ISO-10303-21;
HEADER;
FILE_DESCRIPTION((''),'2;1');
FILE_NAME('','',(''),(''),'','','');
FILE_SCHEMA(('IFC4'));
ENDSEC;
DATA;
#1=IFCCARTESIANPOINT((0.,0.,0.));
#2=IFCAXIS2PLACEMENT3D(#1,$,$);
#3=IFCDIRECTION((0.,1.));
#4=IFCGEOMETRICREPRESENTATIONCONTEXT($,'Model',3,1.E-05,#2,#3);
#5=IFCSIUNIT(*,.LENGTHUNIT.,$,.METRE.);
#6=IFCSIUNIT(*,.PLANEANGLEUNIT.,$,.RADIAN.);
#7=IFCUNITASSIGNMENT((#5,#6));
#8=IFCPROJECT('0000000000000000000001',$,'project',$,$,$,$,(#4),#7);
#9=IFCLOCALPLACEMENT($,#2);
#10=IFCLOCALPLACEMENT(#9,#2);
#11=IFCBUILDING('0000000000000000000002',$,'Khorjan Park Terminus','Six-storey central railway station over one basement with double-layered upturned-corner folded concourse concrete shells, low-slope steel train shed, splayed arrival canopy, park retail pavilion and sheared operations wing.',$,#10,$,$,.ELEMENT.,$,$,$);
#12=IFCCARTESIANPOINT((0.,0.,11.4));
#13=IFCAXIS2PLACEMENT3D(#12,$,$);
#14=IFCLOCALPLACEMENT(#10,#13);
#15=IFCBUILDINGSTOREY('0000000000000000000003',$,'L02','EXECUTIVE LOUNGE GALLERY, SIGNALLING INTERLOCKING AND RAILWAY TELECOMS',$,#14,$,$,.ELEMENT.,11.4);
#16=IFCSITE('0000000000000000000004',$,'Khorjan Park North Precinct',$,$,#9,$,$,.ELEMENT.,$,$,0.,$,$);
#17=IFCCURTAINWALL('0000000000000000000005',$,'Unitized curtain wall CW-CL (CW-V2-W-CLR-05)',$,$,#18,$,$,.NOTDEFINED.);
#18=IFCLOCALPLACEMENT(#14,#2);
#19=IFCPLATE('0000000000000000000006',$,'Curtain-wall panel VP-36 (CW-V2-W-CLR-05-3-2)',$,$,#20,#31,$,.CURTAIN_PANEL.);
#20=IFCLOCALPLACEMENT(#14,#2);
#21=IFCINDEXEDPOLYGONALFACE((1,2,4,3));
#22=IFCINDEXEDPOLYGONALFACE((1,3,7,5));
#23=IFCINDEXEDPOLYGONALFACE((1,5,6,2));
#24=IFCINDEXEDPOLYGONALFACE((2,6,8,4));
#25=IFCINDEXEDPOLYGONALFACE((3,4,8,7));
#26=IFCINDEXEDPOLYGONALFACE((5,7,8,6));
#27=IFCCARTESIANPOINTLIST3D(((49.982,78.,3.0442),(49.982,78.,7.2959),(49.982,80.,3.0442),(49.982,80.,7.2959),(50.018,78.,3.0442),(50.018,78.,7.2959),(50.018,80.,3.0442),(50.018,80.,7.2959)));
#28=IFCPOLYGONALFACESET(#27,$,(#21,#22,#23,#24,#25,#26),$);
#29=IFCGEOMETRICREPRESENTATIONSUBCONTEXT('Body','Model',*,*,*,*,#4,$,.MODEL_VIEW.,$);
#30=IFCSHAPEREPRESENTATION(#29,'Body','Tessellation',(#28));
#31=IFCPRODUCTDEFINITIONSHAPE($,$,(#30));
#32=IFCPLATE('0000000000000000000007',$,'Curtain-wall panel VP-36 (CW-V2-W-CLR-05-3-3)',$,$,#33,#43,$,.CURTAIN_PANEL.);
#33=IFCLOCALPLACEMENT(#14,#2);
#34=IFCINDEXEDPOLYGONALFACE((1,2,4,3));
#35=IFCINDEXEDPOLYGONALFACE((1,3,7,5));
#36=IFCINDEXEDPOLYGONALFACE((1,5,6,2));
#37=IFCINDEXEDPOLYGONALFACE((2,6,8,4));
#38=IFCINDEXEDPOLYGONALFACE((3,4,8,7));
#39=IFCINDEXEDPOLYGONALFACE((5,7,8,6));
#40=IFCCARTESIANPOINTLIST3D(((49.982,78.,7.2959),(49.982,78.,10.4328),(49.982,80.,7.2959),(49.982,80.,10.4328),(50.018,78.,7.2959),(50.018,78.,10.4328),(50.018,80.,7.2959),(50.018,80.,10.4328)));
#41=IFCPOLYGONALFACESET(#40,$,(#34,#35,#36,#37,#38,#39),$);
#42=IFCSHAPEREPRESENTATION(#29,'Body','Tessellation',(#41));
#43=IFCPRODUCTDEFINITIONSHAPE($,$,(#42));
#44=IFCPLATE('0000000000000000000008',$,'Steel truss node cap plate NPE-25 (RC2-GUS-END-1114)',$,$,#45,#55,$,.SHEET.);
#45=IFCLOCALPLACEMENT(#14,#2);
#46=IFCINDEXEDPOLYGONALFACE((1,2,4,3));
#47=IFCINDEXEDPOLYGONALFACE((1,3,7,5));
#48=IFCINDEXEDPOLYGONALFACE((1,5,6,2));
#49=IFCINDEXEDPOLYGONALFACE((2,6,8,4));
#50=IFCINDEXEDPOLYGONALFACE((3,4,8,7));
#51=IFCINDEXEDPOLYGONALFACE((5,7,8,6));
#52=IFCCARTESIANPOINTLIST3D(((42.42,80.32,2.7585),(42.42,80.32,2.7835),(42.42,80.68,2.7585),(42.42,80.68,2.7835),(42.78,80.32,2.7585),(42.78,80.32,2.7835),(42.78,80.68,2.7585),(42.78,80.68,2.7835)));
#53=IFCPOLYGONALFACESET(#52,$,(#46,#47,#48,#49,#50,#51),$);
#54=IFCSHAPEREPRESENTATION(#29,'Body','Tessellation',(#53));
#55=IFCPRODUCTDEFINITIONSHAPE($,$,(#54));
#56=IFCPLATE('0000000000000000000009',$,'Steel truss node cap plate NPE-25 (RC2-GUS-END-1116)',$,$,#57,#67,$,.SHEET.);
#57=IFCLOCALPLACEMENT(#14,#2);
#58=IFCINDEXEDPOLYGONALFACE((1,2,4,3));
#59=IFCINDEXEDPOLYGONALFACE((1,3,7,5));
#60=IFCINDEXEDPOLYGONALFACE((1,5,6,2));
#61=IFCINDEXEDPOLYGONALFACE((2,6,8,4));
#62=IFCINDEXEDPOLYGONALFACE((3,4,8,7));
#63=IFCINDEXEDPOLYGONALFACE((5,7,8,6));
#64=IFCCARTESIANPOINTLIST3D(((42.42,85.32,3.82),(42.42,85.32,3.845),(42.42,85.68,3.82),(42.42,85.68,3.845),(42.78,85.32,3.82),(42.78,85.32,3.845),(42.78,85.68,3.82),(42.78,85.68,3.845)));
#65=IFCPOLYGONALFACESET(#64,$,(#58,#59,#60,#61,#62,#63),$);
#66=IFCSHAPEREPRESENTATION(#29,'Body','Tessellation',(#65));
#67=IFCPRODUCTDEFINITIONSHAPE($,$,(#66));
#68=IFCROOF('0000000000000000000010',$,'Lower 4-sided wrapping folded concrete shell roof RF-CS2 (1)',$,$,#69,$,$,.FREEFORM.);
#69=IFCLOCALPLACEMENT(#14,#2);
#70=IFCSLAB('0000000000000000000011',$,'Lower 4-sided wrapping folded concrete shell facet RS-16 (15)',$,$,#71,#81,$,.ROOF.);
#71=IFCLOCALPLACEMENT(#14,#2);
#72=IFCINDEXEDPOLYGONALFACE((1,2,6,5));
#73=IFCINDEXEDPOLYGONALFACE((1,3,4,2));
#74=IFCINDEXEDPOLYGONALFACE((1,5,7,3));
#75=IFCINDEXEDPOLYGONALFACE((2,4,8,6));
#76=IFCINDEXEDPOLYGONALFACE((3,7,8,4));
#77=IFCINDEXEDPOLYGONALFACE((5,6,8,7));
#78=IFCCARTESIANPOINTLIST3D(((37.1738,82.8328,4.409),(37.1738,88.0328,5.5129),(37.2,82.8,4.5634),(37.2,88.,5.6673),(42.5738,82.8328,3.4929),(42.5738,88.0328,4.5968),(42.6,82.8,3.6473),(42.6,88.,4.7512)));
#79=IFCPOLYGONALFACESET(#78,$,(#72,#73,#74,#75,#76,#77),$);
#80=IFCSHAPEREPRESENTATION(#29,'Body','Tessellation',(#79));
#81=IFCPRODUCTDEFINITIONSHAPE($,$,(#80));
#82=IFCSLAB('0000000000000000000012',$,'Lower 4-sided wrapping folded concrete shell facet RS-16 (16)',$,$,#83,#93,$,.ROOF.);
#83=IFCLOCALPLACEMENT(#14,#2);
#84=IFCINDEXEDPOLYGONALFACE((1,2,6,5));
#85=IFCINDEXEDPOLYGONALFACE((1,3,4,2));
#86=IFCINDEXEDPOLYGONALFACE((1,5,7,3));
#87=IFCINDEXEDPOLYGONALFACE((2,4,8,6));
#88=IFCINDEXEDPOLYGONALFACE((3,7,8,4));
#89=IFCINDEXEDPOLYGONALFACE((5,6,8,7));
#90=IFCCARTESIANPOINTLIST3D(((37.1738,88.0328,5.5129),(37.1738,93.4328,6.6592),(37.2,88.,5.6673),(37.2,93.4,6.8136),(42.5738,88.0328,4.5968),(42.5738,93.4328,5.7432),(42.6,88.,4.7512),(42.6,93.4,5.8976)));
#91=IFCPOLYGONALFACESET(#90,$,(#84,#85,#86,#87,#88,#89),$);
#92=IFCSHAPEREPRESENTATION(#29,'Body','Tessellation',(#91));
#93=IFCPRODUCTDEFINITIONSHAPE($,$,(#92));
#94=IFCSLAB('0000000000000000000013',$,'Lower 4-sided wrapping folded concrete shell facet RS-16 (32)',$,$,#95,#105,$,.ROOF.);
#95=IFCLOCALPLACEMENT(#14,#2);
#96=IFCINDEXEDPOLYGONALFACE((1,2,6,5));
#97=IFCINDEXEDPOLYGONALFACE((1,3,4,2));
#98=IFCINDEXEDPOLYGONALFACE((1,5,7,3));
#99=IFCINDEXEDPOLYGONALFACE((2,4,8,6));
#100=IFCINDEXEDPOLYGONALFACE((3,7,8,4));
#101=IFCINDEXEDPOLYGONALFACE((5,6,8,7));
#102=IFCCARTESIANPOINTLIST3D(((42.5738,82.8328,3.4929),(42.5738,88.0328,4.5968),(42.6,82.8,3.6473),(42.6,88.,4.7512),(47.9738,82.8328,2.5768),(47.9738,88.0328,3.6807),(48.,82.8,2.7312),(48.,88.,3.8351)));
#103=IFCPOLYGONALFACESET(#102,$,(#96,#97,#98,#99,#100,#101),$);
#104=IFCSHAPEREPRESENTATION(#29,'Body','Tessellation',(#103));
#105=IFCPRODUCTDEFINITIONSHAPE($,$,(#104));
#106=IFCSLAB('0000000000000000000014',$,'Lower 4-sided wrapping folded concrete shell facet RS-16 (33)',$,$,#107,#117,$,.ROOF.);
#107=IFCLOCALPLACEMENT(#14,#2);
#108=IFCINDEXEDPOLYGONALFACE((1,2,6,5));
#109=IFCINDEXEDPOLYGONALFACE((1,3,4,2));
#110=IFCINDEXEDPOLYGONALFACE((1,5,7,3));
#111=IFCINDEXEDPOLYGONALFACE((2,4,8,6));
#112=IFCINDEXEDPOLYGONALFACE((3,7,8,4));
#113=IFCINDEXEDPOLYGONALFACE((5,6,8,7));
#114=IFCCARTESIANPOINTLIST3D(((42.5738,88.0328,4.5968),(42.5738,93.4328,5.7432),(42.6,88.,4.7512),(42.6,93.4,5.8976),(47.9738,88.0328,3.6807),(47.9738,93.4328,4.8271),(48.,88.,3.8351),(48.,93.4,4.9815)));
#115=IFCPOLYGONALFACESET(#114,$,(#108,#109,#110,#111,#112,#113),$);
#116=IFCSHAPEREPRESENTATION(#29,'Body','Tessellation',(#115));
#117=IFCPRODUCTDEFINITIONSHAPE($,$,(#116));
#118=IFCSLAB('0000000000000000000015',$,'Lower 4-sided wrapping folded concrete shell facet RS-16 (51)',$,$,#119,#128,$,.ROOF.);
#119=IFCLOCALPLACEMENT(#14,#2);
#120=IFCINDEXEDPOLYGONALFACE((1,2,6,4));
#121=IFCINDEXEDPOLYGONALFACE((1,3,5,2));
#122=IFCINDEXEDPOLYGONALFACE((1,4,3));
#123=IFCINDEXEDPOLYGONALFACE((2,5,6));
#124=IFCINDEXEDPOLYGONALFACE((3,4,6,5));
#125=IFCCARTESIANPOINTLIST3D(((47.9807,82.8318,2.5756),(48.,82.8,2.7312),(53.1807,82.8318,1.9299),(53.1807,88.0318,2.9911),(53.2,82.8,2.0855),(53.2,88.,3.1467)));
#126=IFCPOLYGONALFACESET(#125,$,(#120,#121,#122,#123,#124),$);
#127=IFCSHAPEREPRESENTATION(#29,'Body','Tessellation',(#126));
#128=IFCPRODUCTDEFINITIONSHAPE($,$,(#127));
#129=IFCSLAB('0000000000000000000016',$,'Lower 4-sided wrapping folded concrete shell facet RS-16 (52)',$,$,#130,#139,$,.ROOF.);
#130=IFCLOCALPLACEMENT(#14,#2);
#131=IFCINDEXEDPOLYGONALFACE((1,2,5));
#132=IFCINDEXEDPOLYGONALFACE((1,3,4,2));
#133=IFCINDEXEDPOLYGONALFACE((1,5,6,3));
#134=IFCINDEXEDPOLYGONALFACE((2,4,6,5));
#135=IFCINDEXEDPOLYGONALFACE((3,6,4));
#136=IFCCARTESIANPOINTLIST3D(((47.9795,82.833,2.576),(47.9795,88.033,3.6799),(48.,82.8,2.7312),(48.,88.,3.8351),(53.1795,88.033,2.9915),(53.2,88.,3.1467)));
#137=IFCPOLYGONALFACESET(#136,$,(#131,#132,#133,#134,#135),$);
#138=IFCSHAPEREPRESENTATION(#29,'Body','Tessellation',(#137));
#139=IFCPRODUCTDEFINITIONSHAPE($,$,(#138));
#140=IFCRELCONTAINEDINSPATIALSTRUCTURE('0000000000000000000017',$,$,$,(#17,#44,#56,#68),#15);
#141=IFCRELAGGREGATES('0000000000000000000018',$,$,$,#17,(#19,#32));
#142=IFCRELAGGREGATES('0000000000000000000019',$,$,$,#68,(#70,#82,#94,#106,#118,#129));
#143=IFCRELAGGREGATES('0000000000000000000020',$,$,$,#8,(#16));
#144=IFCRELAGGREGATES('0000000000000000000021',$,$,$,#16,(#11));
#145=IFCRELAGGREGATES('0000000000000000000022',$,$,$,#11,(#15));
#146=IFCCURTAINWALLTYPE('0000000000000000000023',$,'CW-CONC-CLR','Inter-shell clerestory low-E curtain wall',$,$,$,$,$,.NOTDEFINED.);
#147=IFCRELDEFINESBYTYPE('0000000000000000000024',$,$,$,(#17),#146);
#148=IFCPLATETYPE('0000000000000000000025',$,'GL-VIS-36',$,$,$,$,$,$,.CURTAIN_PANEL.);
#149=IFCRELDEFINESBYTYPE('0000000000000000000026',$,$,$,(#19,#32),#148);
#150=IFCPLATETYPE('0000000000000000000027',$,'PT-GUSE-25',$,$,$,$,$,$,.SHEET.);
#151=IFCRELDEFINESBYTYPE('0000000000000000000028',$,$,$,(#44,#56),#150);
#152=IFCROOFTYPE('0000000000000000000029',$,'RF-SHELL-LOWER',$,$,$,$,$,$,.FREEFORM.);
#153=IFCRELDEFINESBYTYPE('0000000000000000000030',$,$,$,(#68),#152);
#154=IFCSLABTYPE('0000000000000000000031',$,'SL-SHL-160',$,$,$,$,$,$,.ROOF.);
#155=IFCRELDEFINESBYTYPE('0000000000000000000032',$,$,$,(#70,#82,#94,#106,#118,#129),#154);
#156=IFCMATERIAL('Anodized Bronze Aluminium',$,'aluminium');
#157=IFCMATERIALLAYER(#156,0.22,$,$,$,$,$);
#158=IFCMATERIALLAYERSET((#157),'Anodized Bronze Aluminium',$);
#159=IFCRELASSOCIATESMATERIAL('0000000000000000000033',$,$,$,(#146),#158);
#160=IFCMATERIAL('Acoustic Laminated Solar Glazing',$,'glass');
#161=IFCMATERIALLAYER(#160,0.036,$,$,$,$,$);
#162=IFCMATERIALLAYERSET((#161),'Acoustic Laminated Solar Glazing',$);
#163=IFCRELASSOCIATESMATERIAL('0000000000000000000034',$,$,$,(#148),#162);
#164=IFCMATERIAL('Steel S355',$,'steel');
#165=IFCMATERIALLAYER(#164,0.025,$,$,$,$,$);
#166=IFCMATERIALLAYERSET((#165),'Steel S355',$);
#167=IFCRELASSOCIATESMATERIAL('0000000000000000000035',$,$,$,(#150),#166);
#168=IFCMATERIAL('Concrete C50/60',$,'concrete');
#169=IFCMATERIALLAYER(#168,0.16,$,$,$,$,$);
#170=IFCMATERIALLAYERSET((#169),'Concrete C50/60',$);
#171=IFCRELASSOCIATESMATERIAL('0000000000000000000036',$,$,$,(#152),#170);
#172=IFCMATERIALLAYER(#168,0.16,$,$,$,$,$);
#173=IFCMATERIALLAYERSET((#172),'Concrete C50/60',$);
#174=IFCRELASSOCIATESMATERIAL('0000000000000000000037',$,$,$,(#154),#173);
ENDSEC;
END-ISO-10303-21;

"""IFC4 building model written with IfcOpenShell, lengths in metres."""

from ifc_helpers import new_model, si_unit, direction, frame, origin, origin_2d, place, context, subcontext, project, spatial, polyline, rectangle, outline, extrude, material, layer, layer_set, type_object, element, aggregate, save


model = new_model("IFC4")

# Units and contexts
model_context = context("Model", 3, precision=1e-05, world=origin(), true_north=direction((0.0, 1.0)))
body_context = subcontext(model_context, "Body", "Model", "MODEL_VIEW")
ifc_project = project(units=[si_unit("LENGTHUNIT", "METRE"), si_unit("PLANEANGLEUNIT", "RADIAN")], contexts=[model_context])

# Site, building, storey
site_placement = place(None, origin())
site = spatial("IfcSite", under=ifc_project, at=site_placement, Name="Khorjan Park North Precinct", CompositionType="ELEMENT", RefElevation=0.0)
building_placement = place(site_placement, origin())
building = spatial("IfcBuilding", under=site, at=building_placement, Name="Khorjan Park Terminus", Description="Six-storey central railway station over one basement with double-layered upturned-corner folded concourse concrete shells, low-slope steel train shed, splayed arrival canopy, park retail pavilion and sheared operations wing.", CompositionType="ELEMENT")
storey_placement = place(building_placement, frame((0.0, 0.0, 11.4)))
storey = spatial("IfcBuildingStorey", under=building, at=storey_placement, Name="L02", Description="EXECUTIVE LOUNGE GALLERY, SIGNALLING INTERLOCKING AND RAILWAY TELECOMS", CompositionType="ELEMENT", Elevation=11.4)

# Shared definitions
ifc_material_1 = material(Name="Steel S355", Category="steel")

# Curtain wall, plates
ifc_material_2 = material(Name="Anodized Bronze Aluminium", Category="aluminium")
ifc_layer_1 = layer(ifc_material_2, 0.22)
ifc_layer_set_1 = layer_set([ifc_layer_1], Name="Anodized Bronze Aluminium")
curtain_wall_type = type_object("IfcCurtainWallType", Name="CW-CONC-CLR", Description="Inter-shell clerestory low-E curtain wall", PredefinedType="NOTDEFINED", material=ifc_layer_set_1)
curtain_wall_placement = place(storey_placement, origin())
curtain_wall = element("IfcCurtainWall", 1, at=curtain_wall_placement, inside=storey, type_object=curtain_wall_type, Name="Unitized curtain wall CW-CL (CW-V2-W-CLR-05)", PredefinedType="NOTDEFINED")
ifc_material_3 = material(Name="Acoustic Laminated Solar Glazing", Category="glass")
ifc_layer_2 = layer(ifc_material_3, 0.036)
ifc_layer_set_2 = layer_set([ifc_layer_2], Name="Acoustic Laminated Solar Glazing")
plate_type_1 = type_object("IfcPlateType", Name="GL-VIS-36", PredefinedType="CURTAIN_PANEL", material=ifc_layer_set_2)
plate_1_placement = place(storey_placement, frame((50.0, 79.0, 3.0442), z_axis=(0.0, 0.0, 1.0), x_axis=(0.0, -1.0, 0.0)))
plate_1 = element("IfcPlate", 2, at=plate_1_placement, type_object=plate_type_1, Name="Curtain-wall panel VP-36 (CW-V2-W-CLR-05-3-2)", PredefinedType="CURTAIN_PANEL", context=body_context, shape_type="SweptSolid", body=[
    extrude(rectangle(XDim=2.0, YDim=0.036, at=origin_2d()), origin(), (0.0, 0.0, 1.0), 4.2517),
])
plate_2_placement = place(storey_placement, frame((50.0, 79.0, 7.2959), z_axis=(0.0, 0.0, 1.0), x_axis=(0.0, -1.0, 0.0)))
plate_2 = element("IfcPlate", 3, at=plate_2_placement, type_object=plate_type_1, Name="Curtain-wall panel VP-36 (CW-V2-W-CLR-05-3-3)", PredefinedType="CURTAIN_PANEL", context=body_context, shape_type="SweptSolid", body=[
    extrude(rectangle(XDim=2.0, YDim=0.036, at=origin_2d()), origin(), (0.0, 0.0, 1.0), 3.1369),
])
aggregate(curtain_wall, [plate_1, plate_2])

# Plates
ifc_layer_3 = layer(ifc_material_1, 0.025)
ifc_layer_set_3 = layer_set([ifc_layer_3], Name="Steel S355")
plate_type_2 = type_object("IfcPlateType", Name="PT-GUSE-25", PredefinedType="SHEET", material=ifc_layer_set_3)
for number, where, z_axis, x_axis, name in (
    (4, (42.6, 80.5, 2.7585), (0.0, 0.0, 1.0), (1.0, 0.0, 0.0), "Steel truss node cap plate NPE-25 (RC2-GUS-END-1114)"),
    (5, (42.6, 85.5, 3.82), (0.0, 0.0, 1.0), (1.0, 0.0, 0.0), "Steel truss node cap plate NPE-25 (RC2-GUS-END-1116)"),
):
    element("IfcPlate", number, at=place(storey_placement, frame(where, z_axis=z_axis, x_axis=x_axis)), inside=storey, type_object=plate_type_2, Name=name, PredefinedType="SHEET", context=body_context, shape_type="SweptSolid", body=[
        extrude(rectangle(XDim=0.36, YDim=0.36, at=origin_2d()), origin(), (0.0, 0.0, 1.0), 0.025),
    ])

# Roof, slabs
ifc_material_4 = material(Name="Concrete C50/60", Category="concrete")
ifc_layer_4 = layer(ifc_material_4, 0.16)
ifc_layer_set_4 = layer_set([ifc_layer_4], Name="Concrete C50/60")
roof_type = type_object("IfcRoofType", Name="RF-SHELL-LOWER", PredefinedType="FREEFORM", material=ifc_layer_set_4)
roof_placement = place(storey_placement, origin())
roof = element("IfcRoof", 6, at=roof_placement, inside=storey, type_object=roof_type, Name="Lower 4-sided wrapping folded concrete shell roof RF-CS2 (1)", PredefinedType="FREEFORM")
ifc_layer_5 = layer(ifc_material_4, 0.16)
ifc_layer_set_5 = layer_set([ifc_layer_5], Name="Concrete C50/60")
slab_type = type_object("IfcSlabType", Name="SL-SHL-160", PredefinedType="ROOF", material=ifc_layer_set_5)
slab_1_placement = place(storey_placement, frame((37.2, 82.8, 4.5634), z_axis=(0.163711, -0.204859, 0.965003), x_axis=(0.985913, 0.0, -0.167258)))
slab_1 = element("IfcSlab", 7, at=slab_1_placement, type_object=slab_type, Name="Lower 4-sided wrapping folded concrete shell facet RS-16 (15)", PredefinedType="ROOF", context=body_context, shape_type="SweptSolid", body=[
    extrude(outline(polyline([(0.0, 0.0), (5.4772, 0.0), (5.2925, 5.3127), (-0.1846, 5.3127), (0.0, 0.0)])), origin(), (0.0, 0.0, -1.0), 0.16),
])
slab_2_placement = place(storey_placement, frame((37.2, 88.0, 5.6673), z_axis=(0.163702, -0.204858, 0.965005), x_axis=(0.985915, -0.000002, -0.16725)))
slab_2 = element("IfcSlab", 8, at=slab_2_placement, type_object=slab_type, Name="Lower 4-sided wrapping folded concrete shell facet RS-16 (16)", PredefinedType="ROOF", context=body_context, shape_type="SweptSolid", body=[
    extrude(outline(polyline([(0.0, 0.0), (5.4772, 0.0), (5.2854, 5.517), (-0.1917, 5.517), (0.0, 0.0)])), origin(), (0.0, 0.0, -1.0), 0.16),
])
slab_3_placement = place(storey_placement, frame((42.6, 82.8, 3.6473), z_axis=(0.163711, -0.204859, 0.965003), x_axis=(0.985913, 0.0, -0.167258)))
slab_3 = element("IfcSlab", 9, at=slab_3_placement, type_object=slab_type, Name="Lower 4-sided wrapping folded concrete shell facet RS-16 (32)", PredefinedType="ROOF", context=body_context, shape_type="SweptSolid", body=[
    extrude(outline(polyline([(0.0, 0.0), (5.4772, 0.0), (5.2925, 5.3127), (-0.1846, 5.3127), (0.0, 0.0)])), origin(), (0.0, 0.0, -1.0), 0.16),
])
slab_4_placement = place(storey_placement, frame((42.6, 88.0, 4.7512), z_axis=(0.163711, -0.204866, 0.965002), x_axis=(0.985913, 0.0, -0.167258)))
slab_4 = element("IfcSlab", 10, at=slab_4_placement, type_object=slab_type, Name="Lower 4-sided wrapping folded concrete shell facet RS-16 (33)", PredefinedType="ROOF", context=body_context, shape_type="SweptSolid", body=[
    extrude(outline(polyline([(0.0, 0.0), (5.4772, 0.0), (5.2854, 5.517), (-0.1917, 5.517), (0.0, 0.0)])), origin(), (0.0, 0.0, -1.0), 0.16),
])
slab_5_placement = place(storey_placement, frame((48.0, 82.8, 2.7312), z_axis=(0.120775, -0.198492, 0.972633), x_axis=(0.992379, 0.0, -0.123227)))
slab_5 = element("IfcSlab", 11, at=slab_5_placement, type_object=slab_type, Name="Lower 4-sided wrapping folded concrete shell facet RS-16 (51)", PredefinedType="ROOF", context=body_context, shape_type="SweptSolid", body=[
    extrude(outline(polyline([(0.0, 0.0), (5.2399, 0.0), (5.1092, 5.3056), (0.0, 0.0)])), origin(), (0.0, 0.0, -1.0), 0.16),
])
slab_6_placement = place(storey_placement, frame((48.0, 82.8, 2.7312), z_axis=(0.128426, -0.205941, 0.9701), x_axis=(0.705981, 0.705981, 0.056411)))
slab_6 = element("IfcSlab", 12, at=slab_6_placement, type_object=slab_type, Name="Lower 4-sided wrapping folded concrete shell facet RS-16 (52)", PredefinedType="ROOF", context=body_context, shape_type="SweptSolid", body=[
    extrude(outline(polyline([(0.0, 0.0), (7.3656, 0.0), (3.7334, 3.7842), (0.0, 0.0)])), origin(), (0.0, 0.0, -1.0), 0.16),
])
aggregate(roof, [slab_1, slab_2, slab_3, slab_4, slab_5, slab_6])

save(model, "model.ifc")
